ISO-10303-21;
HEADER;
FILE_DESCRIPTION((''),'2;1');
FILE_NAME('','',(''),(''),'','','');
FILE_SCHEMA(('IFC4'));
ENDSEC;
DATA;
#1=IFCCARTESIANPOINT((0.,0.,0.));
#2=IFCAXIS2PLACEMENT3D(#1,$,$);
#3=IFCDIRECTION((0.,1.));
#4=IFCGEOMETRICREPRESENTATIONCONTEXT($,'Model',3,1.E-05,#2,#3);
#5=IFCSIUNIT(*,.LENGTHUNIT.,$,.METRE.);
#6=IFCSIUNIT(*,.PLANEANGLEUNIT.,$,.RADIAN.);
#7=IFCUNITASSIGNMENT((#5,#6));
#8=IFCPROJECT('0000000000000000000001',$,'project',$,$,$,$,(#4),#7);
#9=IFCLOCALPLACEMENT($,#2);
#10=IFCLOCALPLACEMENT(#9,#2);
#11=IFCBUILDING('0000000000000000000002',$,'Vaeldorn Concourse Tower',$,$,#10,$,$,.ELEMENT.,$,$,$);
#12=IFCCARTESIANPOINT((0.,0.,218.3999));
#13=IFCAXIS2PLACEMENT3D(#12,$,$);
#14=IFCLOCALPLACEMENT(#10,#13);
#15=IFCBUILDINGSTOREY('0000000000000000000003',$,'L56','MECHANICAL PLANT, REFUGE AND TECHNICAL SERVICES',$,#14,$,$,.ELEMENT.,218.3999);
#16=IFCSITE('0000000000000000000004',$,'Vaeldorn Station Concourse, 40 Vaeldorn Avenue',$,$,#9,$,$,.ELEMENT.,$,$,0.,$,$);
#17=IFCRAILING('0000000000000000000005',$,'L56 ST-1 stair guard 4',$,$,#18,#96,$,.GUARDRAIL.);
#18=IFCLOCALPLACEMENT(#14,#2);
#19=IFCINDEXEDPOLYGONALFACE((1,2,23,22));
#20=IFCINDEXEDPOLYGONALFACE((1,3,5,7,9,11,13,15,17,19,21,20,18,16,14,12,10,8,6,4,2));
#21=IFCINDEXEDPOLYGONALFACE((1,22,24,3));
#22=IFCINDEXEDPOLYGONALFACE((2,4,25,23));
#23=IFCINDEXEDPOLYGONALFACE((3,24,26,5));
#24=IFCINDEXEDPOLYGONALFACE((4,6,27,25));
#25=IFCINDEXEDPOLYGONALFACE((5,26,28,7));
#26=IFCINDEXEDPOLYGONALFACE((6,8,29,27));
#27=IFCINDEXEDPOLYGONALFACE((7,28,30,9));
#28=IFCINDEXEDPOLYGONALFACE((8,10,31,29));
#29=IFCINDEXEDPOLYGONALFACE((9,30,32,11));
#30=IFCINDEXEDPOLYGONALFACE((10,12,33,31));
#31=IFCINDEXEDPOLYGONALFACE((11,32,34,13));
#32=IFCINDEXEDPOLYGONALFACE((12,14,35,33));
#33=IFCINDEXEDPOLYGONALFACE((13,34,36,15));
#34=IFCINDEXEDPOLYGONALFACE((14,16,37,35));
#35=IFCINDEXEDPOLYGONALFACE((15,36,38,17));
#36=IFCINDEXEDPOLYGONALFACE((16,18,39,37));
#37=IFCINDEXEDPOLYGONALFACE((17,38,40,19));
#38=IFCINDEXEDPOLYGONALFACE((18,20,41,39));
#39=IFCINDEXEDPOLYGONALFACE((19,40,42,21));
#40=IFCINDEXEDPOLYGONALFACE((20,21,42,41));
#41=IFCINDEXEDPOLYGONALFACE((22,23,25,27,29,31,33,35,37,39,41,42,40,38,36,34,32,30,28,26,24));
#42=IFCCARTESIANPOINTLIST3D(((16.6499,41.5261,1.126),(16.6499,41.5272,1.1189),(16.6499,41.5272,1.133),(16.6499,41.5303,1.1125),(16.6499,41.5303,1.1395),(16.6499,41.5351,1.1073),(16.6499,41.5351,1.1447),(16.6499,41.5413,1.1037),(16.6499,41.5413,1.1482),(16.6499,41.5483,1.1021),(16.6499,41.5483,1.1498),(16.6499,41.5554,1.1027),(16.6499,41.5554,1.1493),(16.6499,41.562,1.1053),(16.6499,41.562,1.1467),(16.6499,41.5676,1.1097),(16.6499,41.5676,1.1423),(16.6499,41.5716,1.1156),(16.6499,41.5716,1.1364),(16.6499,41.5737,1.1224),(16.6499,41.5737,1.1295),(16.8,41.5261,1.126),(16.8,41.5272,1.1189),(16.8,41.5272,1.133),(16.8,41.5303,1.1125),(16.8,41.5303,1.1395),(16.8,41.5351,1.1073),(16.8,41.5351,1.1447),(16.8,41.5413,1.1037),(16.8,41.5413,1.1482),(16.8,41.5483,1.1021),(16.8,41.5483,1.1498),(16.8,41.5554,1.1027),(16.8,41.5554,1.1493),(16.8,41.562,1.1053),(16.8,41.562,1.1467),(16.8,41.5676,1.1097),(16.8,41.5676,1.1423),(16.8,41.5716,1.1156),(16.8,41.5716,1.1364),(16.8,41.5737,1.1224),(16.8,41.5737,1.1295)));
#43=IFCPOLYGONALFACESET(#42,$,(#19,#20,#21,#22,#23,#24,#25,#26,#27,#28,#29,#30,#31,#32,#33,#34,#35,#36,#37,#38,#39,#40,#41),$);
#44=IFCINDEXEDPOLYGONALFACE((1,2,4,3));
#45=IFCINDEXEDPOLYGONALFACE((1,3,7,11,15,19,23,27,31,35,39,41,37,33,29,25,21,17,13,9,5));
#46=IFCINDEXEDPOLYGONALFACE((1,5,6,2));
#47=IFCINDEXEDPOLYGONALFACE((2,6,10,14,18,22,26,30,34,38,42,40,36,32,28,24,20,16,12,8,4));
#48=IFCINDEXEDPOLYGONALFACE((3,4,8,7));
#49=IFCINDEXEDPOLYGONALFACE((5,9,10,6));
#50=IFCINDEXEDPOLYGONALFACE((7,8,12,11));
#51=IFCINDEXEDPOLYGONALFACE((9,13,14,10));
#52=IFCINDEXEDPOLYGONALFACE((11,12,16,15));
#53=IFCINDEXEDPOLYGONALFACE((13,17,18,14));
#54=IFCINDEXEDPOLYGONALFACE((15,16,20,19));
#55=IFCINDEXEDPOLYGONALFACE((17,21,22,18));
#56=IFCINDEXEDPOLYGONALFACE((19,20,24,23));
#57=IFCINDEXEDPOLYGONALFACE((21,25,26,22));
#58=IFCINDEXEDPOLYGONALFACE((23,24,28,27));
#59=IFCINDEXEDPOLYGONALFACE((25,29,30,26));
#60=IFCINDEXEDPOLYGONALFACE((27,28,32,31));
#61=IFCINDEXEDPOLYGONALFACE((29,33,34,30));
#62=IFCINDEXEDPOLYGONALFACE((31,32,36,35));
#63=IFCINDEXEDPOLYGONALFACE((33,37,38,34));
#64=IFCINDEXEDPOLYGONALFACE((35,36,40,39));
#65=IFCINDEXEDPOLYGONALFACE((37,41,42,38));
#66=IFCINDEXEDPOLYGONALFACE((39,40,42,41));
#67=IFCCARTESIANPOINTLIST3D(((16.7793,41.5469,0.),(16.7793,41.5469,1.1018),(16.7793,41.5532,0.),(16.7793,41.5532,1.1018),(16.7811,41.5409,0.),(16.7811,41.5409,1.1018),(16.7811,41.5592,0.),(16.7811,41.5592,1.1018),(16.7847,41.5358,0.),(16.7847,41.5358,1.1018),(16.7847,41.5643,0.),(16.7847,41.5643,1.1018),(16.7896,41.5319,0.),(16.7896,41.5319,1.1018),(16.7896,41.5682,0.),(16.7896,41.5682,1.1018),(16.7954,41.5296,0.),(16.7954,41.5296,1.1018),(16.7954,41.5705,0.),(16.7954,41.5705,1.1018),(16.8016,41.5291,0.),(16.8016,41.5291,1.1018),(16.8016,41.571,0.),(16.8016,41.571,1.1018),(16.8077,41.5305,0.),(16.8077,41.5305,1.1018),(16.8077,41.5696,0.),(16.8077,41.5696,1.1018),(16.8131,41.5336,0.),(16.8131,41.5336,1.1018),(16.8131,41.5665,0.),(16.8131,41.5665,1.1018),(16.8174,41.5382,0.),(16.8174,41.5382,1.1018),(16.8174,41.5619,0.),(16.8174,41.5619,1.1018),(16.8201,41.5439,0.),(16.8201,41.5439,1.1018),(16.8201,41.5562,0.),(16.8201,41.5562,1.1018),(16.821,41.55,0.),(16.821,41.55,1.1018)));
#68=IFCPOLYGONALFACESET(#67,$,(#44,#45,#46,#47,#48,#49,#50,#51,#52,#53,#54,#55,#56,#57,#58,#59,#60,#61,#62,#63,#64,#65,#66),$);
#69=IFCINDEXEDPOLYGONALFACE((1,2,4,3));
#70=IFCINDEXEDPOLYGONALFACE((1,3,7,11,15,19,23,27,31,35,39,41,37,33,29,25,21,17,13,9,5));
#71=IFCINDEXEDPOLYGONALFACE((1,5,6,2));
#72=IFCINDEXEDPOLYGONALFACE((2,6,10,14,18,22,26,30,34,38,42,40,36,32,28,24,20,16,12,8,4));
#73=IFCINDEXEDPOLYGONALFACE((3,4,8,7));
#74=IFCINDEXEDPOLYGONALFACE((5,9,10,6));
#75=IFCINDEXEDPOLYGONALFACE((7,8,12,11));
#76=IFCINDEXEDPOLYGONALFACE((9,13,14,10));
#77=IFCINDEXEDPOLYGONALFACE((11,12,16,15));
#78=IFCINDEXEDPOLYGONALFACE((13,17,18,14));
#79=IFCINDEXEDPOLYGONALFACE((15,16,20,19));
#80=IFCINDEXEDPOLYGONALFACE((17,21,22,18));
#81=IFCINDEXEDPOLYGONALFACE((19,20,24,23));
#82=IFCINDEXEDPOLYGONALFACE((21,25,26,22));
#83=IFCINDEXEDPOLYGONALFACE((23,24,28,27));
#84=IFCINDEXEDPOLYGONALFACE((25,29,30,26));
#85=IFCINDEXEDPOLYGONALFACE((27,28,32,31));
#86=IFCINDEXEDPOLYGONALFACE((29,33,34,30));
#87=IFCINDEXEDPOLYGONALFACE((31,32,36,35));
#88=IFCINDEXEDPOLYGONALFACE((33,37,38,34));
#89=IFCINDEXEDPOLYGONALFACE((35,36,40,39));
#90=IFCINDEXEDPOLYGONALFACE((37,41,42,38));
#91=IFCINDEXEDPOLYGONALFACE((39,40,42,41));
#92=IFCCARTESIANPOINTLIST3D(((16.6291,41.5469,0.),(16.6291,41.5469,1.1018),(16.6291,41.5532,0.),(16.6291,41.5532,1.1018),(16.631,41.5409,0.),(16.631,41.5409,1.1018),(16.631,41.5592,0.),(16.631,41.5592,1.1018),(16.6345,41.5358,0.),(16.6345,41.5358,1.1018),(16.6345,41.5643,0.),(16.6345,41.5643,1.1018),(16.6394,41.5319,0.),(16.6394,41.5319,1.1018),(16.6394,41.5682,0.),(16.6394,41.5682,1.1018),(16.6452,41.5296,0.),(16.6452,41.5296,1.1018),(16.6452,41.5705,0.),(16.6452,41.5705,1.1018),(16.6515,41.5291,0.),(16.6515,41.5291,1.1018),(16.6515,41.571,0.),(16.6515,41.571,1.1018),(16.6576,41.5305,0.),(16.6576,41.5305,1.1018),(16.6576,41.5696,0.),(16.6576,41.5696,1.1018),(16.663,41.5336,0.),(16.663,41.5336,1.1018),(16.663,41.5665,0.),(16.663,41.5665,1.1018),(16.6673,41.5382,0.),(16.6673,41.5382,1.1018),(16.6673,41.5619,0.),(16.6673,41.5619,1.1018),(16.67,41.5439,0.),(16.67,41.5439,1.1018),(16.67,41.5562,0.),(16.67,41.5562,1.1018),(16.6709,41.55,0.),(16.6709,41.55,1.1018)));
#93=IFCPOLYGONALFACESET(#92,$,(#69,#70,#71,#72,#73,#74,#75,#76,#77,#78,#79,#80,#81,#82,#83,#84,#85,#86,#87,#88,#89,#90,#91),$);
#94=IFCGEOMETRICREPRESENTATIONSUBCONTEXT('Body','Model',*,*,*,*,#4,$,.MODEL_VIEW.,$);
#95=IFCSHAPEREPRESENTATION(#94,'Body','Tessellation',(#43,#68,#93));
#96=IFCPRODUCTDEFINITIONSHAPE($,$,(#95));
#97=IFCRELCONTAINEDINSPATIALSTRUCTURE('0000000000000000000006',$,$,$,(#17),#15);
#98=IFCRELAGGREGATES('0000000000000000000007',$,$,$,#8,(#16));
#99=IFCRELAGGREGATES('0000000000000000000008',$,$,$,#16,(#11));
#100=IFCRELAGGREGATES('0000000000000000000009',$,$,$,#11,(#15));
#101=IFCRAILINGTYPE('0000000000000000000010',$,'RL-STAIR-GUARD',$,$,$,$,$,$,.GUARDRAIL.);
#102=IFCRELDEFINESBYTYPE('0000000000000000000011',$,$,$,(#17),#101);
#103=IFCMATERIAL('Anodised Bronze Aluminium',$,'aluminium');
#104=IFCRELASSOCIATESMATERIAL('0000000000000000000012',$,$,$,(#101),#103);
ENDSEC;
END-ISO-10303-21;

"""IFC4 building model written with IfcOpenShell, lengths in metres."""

from ifc_helpers import new_model, si_unit, direction, frame, origin, origin_2d, place, context, subcontext, project, spatial, circle, extrude, material, type_object, element, save


model = new_model("IFC4")

# Units and contexts
model_context = context("Model", 3, precision=1e-05, world=origin(), true_north=direction((0.0, 1.0)))
body_context = subcontext(model_context, "Body", "Model", "MODEL_VIEW")
ifc_project = project(units=[si_unit("LENGTHUNIT", "METRE"), si_unit("PLANEANGLEUNIT", "RADIAN")], contexts=[model_context])

# Site, building, storey
site_placement = place(None, origin())
site = spatial("IfcSite", under=ifc_project, at=site_placement, Name="Vaeldorn Station Concourse, 40 Vaeldorn Avenue", CompositionType="ELEMENT", RefElevation=0.0)
building_placement = place(site_placement, origin())
building = spatial("IfcBuilding", under=site, at=building_placement, Name="Vaeldorn Concourse Tower", CompositionType="ELEMENT")
storey_placement = place(building_placement, frame((0.0, 0.0, 218.3999)))
storey = spatial("IfcBuildingStorey", under=building, at=storey_placement, Name="L56", Description="MECHANICAL PLANT, REFUGE AND TECHNICAL SERVICES", CompositionType="ELEMENT", Elevation=218.3999)

# Railing
ifc_material_1 = material(Name="Anodised Bronze Aluminium", Category="aluminium")
railing_type = type_object("IfcRailingType", Name="RL-STAIR-GUARD", PredefinedType="GUARDRAIL", material=ifc_material_1)
railing_1_placement = place(storey_placement, frame((16.8, 41.55, 0.0)))
element("IfcRailing", 1, at=railing_1_placement, inside=storey, type_object=railing_type, Name="L56 ST-1 stair guard 4", PredefinedType="GUARDRAIL", context=body_context, shape_type="SweptSolid", body=[
    extrude(circle(Radius=0.0239, at=origin_2d()), frame((0.0, 0.0, 1.126), z_axis=(-1.0, 0.0, 0.0), x_axis=(0.0, -1.0, 0.0)), (0.0, 0.0, 1.0), 0.1501),
    extrude(circle(Radius=0.021, at=origin_2d()), origin(), (0.0, 0.0, 1.0), 1.1018),
    extrude(circle(Radius=0.021, at=origin_2d()), frame((-0.1501, 0.0, 0.0)), (0.0, 0.0, 1.0), 1.1018),
])

save(model, "model.ifc")
